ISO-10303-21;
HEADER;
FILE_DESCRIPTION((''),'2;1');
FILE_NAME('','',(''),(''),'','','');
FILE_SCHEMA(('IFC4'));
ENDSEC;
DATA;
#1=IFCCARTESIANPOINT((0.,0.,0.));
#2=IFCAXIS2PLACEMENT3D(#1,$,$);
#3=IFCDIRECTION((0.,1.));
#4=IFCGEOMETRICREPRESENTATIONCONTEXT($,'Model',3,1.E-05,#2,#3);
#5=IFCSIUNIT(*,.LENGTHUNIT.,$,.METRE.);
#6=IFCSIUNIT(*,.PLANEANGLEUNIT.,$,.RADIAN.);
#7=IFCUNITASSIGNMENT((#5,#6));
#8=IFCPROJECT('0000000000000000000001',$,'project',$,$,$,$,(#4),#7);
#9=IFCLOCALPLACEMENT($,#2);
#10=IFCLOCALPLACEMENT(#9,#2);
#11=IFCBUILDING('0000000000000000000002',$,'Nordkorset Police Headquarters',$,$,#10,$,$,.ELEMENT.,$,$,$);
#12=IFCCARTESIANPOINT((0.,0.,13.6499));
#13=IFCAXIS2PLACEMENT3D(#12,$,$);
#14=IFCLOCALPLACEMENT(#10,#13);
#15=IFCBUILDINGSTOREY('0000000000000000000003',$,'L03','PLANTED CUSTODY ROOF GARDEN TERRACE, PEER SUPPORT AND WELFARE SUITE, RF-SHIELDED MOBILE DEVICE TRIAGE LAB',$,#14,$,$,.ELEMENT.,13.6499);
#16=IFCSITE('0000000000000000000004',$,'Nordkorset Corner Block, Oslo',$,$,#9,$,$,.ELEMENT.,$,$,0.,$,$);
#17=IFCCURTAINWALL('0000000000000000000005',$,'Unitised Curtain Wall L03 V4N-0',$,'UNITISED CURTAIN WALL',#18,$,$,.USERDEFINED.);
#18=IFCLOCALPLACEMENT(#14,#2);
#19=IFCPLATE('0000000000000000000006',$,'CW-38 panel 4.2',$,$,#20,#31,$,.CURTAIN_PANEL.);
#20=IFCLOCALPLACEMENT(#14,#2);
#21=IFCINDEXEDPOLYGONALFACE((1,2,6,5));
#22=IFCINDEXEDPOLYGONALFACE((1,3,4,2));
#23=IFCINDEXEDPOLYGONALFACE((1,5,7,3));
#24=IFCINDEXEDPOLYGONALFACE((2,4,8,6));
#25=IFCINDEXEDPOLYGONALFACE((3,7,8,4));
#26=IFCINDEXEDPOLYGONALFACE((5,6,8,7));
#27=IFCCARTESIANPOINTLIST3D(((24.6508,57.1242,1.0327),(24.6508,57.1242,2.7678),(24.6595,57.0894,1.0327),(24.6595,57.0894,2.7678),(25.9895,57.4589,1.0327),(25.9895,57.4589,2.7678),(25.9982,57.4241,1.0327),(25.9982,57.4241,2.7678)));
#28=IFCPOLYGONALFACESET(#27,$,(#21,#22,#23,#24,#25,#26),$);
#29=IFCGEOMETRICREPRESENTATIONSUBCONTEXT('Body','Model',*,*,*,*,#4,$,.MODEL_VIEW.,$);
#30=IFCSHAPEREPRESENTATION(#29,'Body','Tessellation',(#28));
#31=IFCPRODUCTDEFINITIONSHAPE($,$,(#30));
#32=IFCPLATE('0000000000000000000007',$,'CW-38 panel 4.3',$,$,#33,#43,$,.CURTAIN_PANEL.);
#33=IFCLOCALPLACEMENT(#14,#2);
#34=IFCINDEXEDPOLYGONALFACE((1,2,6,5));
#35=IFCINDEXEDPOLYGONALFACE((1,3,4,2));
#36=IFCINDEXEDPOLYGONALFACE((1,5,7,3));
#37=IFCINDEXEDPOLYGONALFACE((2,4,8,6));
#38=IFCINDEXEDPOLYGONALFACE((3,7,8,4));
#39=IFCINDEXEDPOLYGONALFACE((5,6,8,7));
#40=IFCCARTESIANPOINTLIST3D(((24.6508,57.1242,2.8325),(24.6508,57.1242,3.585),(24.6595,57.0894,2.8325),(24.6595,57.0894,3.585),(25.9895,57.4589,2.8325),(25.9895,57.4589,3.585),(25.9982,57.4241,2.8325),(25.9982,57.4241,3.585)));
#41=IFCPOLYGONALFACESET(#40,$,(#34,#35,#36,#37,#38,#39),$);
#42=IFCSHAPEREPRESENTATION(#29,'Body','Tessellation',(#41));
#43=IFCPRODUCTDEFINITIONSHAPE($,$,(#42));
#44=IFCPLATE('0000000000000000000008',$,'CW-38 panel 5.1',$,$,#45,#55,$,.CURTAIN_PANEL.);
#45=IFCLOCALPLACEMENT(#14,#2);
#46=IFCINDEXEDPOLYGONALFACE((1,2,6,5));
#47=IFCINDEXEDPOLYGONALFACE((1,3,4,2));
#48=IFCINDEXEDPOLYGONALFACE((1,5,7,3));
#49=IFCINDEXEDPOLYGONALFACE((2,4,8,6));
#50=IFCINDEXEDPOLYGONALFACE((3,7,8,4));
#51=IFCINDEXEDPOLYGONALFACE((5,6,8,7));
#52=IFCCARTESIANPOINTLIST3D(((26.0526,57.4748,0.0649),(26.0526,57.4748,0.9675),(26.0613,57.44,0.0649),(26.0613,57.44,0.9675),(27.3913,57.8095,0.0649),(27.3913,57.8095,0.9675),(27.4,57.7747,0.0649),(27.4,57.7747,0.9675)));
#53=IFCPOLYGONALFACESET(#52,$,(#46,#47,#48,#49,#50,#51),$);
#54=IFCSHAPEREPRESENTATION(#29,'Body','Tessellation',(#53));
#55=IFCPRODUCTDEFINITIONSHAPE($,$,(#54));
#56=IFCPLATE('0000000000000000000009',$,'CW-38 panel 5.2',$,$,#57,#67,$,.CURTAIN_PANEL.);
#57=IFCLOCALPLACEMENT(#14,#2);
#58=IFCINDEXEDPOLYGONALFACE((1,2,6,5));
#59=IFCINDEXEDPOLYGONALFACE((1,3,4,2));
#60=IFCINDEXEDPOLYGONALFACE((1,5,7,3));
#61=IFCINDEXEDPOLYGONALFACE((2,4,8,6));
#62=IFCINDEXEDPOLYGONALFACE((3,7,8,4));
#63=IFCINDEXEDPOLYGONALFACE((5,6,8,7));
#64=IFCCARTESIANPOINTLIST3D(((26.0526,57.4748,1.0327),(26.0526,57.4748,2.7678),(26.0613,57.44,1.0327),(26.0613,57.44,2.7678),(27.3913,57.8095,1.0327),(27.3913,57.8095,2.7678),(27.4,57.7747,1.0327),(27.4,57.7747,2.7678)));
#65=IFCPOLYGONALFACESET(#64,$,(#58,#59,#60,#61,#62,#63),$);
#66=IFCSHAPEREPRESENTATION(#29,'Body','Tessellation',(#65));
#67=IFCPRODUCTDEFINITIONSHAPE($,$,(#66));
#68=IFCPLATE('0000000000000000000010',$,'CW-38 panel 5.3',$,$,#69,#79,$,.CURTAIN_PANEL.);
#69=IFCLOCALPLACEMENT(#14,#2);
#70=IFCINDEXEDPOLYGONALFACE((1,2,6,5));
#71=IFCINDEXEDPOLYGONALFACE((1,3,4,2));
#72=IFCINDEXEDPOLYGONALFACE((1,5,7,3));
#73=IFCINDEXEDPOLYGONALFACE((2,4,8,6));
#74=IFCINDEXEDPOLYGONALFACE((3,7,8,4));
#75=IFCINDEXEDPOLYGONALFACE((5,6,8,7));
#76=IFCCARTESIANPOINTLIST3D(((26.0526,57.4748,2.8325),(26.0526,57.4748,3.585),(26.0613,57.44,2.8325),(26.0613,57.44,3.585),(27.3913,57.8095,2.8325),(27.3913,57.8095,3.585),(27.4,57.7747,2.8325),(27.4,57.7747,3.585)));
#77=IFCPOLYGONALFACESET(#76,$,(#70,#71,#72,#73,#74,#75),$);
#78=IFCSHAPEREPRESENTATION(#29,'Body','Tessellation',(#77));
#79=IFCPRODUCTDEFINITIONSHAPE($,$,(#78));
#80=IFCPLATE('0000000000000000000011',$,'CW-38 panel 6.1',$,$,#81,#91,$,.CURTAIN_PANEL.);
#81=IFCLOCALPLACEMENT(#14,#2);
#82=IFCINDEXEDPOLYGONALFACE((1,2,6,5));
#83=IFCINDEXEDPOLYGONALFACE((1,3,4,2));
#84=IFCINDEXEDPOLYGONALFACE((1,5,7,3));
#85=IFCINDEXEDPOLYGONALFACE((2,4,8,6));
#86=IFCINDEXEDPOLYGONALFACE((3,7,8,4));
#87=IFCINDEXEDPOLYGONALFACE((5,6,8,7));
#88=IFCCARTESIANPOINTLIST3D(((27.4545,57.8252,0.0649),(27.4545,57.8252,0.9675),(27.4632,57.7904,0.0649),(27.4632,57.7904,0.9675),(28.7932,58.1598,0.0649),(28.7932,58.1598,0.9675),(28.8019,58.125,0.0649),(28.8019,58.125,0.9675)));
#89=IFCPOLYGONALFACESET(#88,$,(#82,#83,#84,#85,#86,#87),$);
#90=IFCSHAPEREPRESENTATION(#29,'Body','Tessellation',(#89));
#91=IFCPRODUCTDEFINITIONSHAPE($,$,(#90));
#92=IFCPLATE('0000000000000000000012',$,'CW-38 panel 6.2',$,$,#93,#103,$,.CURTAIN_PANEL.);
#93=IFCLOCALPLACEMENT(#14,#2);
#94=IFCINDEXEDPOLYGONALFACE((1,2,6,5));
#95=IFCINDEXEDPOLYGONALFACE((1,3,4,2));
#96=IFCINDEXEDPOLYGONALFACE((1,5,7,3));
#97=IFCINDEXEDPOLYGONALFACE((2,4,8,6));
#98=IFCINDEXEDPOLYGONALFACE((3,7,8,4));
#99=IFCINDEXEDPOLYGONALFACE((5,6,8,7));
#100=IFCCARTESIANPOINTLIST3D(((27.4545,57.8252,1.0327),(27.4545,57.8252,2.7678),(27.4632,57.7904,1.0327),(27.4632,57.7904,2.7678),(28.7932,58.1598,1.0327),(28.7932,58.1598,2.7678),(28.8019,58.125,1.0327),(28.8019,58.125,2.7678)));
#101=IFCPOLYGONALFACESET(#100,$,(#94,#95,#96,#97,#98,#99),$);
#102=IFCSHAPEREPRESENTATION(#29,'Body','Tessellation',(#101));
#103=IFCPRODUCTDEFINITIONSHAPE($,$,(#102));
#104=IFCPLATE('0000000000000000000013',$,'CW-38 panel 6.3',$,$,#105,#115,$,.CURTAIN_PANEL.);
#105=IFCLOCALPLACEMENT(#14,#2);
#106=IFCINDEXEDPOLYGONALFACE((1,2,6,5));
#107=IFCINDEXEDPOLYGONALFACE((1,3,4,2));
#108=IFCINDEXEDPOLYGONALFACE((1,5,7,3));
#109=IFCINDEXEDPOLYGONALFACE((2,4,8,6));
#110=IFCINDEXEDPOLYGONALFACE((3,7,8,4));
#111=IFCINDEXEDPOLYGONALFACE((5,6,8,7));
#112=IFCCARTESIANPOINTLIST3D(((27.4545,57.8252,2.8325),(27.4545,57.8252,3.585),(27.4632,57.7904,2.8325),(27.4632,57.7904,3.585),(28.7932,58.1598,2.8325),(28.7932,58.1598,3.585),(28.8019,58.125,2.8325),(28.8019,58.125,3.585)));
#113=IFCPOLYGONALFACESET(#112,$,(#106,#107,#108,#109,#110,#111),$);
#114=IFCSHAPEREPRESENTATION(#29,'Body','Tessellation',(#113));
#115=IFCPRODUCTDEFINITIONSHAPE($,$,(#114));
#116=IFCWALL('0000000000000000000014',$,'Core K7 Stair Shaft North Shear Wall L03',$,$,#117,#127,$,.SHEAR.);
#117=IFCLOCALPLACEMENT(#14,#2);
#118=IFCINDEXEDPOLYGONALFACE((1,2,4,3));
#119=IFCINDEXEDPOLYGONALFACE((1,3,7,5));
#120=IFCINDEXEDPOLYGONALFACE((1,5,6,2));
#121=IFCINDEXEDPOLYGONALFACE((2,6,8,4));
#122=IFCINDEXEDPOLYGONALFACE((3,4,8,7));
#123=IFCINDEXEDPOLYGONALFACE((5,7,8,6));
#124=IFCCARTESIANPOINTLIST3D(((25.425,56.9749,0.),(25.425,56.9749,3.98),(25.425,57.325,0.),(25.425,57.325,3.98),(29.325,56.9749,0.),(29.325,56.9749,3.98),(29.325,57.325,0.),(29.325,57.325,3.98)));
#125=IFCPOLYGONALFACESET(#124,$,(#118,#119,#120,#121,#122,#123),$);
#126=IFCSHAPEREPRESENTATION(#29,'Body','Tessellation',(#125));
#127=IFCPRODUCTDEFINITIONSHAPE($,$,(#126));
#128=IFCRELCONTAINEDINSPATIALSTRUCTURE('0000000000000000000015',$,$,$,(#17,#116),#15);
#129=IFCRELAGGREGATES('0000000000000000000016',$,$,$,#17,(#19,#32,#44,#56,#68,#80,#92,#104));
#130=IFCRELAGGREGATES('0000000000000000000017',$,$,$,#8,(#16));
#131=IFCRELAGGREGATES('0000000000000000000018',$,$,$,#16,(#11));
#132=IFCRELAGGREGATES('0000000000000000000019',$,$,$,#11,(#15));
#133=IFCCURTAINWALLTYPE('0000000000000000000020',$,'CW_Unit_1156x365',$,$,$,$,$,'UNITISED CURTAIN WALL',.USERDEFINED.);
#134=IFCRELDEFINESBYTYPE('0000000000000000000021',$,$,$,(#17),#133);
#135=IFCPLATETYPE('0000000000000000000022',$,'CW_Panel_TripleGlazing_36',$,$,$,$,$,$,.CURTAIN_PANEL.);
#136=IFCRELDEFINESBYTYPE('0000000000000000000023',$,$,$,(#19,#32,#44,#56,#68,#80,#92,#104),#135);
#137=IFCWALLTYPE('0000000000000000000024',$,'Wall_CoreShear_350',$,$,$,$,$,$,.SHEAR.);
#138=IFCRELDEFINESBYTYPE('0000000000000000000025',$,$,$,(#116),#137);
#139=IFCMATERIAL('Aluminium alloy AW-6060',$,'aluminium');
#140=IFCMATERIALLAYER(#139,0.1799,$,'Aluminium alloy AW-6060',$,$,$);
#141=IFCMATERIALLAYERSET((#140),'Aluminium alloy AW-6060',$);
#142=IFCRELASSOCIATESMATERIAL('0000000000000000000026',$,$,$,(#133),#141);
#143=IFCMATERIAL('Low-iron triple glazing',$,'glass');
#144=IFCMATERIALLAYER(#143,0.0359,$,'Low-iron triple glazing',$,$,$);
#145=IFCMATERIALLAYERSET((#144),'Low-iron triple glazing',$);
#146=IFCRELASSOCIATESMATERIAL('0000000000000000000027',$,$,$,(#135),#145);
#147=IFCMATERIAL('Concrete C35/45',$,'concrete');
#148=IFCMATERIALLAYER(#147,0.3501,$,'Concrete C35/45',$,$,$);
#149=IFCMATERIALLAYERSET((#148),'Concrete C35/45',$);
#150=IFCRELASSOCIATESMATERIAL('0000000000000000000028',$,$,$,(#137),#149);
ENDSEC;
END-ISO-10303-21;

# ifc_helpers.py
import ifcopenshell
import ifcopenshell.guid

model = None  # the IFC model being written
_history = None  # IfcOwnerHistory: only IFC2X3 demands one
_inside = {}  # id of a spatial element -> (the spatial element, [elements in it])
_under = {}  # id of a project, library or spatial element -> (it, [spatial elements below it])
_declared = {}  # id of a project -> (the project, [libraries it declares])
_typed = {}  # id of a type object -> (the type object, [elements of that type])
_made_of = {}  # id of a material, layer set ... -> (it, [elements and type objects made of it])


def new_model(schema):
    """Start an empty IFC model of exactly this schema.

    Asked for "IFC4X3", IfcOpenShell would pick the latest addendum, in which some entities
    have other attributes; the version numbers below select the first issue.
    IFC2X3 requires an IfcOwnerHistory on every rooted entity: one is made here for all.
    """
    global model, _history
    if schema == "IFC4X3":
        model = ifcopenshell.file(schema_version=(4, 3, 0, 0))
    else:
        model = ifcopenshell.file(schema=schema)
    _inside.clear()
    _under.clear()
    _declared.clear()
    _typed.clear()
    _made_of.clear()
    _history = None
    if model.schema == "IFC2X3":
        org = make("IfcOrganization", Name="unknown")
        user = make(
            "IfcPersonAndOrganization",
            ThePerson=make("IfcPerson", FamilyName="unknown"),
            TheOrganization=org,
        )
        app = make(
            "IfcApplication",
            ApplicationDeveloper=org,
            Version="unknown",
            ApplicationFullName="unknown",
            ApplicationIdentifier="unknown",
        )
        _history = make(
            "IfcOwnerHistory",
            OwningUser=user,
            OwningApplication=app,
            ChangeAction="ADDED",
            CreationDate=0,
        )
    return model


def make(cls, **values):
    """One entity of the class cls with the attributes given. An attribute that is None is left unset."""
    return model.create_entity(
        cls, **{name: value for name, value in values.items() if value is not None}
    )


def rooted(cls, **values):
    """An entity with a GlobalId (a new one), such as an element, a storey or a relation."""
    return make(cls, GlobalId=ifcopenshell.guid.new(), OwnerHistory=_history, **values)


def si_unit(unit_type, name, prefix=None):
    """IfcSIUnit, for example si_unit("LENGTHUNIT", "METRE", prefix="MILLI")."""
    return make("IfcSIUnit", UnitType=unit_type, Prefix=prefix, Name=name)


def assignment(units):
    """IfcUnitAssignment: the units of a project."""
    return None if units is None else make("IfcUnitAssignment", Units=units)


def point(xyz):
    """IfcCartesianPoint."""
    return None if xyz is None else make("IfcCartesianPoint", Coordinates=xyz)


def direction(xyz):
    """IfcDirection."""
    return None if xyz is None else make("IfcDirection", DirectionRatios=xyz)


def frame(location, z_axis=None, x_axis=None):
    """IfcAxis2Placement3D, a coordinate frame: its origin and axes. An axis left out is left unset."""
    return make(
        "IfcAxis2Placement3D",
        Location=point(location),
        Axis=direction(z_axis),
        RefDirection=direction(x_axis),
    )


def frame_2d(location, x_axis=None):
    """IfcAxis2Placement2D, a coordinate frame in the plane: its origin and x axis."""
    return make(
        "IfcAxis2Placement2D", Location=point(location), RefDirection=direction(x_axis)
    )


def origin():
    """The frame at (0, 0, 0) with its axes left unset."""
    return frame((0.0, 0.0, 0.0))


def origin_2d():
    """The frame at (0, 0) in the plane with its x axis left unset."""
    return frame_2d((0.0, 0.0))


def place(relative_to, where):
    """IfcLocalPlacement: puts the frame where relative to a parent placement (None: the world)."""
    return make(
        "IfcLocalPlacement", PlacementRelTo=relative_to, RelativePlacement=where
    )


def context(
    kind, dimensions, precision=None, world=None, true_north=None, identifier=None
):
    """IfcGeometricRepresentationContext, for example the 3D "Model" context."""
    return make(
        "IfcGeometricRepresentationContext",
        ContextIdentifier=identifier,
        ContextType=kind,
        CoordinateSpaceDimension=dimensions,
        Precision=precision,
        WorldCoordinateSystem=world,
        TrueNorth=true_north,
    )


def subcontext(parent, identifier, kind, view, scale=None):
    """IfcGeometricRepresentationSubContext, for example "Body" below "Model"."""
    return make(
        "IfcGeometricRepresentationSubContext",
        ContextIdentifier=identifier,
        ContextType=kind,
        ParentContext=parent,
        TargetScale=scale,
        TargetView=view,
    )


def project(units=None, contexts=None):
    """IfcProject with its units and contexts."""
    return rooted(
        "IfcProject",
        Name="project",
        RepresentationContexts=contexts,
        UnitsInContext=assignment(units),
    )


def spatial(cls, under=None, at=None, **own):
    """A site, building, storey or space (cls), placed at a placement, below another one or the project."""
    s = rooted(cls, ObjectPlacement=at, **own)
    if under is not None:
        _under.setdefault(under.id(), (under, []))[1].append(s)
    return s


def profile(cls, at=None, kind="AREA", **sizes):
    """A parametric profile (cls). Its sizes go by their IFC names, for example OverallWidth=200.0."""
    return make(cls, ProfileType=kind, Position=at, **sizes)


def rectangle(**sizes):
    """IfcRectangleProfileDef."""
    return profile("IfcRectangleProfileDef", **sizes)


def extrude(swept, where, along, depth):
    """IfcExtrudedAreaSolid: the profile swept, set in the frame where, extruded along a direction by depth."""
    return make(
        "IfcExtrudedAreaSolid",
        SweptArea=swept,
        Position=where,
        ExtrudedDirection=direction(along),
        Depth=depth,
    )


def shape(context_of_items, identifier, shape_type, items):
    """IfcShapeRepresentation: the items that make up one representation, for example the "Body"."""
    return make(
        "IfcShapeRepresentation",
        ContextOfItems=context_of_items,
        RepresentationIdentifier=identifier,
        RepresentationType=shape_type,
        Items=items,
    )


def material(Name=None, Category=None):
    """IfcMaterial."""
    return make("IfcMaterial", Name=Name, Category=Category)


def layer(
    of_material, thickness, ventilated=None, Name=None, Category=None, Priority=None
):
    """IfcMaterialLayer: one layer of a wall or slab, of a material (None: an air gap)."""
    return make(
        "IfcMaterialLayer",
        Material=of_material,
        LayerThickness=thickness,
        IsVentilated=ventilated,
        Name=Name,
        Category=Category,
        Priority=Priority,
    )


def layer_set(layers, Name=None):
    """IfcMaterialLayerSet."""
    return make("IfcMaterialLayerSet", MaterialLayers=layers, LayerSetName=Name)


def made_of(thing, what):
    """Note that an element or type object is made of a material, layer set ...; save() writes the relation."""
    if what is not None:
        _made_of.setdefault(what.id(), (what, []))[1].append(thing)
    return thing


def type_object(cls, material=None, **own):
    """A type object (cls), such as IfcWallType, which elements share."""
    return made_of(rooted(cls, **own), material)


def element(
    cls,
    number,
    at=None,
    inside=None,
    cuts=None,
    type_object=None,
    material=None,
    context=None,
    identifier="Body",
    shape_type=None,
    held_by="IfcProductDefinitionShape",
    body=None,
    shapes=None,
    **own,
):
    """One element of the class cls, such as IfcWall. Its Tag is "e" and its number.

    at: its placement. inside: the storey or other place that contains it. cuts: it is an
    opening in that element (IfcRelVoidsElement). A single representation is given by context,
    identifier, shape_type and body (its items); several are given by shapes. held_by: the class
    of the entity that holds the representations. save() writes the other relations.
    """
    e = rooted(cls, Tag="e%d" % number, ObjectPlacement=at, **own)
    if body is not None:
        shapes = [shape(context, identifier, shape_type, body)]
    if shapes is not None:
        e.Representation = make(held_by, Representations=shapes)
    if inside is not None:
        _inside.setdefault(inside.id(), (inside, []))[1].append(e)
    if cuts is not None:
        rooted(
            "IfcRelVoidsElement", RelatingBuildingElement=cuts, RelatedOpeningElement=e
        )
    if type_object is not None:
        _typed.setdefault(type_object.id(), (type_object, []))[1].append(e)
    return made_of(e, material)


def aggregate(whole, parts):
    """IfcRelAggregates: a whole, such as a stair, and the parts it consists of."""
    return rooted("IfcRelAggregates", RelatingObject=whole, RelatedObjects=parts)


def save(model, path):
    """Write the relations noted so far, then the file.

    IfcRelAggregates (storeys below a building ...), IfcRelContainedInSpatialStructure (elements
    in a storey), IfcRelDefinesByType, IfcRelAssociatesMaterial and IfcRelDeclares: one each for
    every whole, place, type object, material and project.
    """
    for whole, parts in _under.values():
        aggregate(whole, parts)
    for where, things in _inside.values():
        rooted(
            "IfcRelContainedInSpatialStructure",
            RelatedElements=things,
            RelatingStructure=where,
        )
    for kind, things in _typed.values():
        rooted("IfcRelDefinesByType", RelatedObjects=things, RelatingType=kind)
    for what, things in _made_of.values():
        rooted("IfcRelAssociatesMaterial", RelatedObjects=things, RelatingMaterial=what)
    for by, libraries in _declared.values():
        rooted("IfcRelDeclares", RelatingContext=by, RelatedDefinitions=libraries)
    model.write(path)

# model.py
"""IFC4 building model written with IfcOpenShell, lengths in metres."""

from ifc_helpers import new_model, si_unit, direction, frame, frame_2d, origin, origin_2d, place, context, subcontext, project, spatial, rectangle, extrude, material, layer, layer_set, type_object, element, aggregate, save


model = new_model("IFC4")

# Units and contexts
model_context = context("Model", 3, precision=1e-05, world=origin(), true_north=direction((0.0, 1.0)))
body_context = subcontext(model_context, "Body", "Model", "MODEL_VIEW")
ifc_project = project(units=[si_unit("LENGTHUNIT", "METRE"), si_unit("PLANEANGLEUNIT", "RADIAN")], contexts=[model_context])

# Site, building, storey
site_placement = place(None, origin())
site = spatial("IfcSite", under=ifc_project, at=site_placement, Name="Nordkorset Corner Block, Oslo", CompositionType="ELEMENT", RefElevation=0.0)
building_placement = place(site_placement, origin())
building = spatial("IfcBuilding", under=site, at=building_placement, Name="Nordkorset Police Headquarters", CompositionType="ELEMENT")
storey_placement = place(building_placement, frame((0.0, 0.0, 13.6499)))
storey = spatial("IfcBuildingStorey", under=building, at=storey_placement, Name="L03", Description="PLANTED CUSTODY ROOF GARDEN TERRACE, PEER SUPPORT AND WELFARE SUITE, RF-SHIELDED MOBILE DEVICE TRIAGE LAB", CompositionType="ELEMENT", Elevation=13.6499)

# Curtain wall, plates
ifc_material_1 = material(Name="Aluminium alloy AW-6060", Category="aluminium")
ifc_layer_1 = layer(ifc_material_1, 0.1799, Name="Aluminium alloy AW-6060")
ifc_layer_set_1 = layer_set([ifc_layer_1], Name="Aluminium alloy AW-6060")
curtain_wall_type = type_object("IfcCurtainWallType", Name="CW_Unit_1156x365", ElementType="UNITISED CURTAIN WALL", PredefinedType="USERDEFINED", material=ifc_layer_set_1)
curtain_wall_placement = place(storey_placement, origin())
curtain_wall = element("IfcCurtainWall", 1, at=curtain_wall_placement, inside=storey, type_object=curtain_wall_type, Name="Unitised Curtain Wall L03 V4N-0", ObjectType="UNITISED CURTAIN WALL", PredefinedType="USERDEFINED")
ifc_material_2 = material(Name="Low-iron triple glazing", Category="glass")
ifc_layer_2 = layer(ifc_material_2, 0.0359, Name="Low-iron triple glazing")
ifc_layer_set_2 = layer_set([ifc_layer_2], Name="Low-iron triple glazing")
plate_type = type_object("IfcPlateType", Name="CW_Panel_TripleGlazing_36", PredefinedType="CURTAIN_PANEL", material=ifc_layer_set_2)
plate_1_placement = place(storey_placement, frame((25.3245, 57.2742, 1.0327), z_axis=(0.0, 0.0, 1.0), x_axis=(0.970142, 0.242536, 0.0)))
plate_1 = element("IfcPlate", 2, at=plate_1_placement, type_object=plate_type, Name="CW-38 panel 4.2", PredefinedType="CURTAIN_PANEL", context=body_context, shape_type="SweptSolid", body=[
    extrude(rectangle(XDim=1.3799, YDim=0.0359, at=origin_2d()), origin(), (0.0, 0.0, 1.0), 1.7351),
])
plate_2_placement = place(storey_placement, frame((25.3245, 57.2742, 2.8325), z_axis=(0.0, 0.0, 1.0), x_axis=(0.970142, 0.242536, 0.0)))
plate_2 = element("IfcPlate", 3, at=plate_2_placement, type_object=plate_type, Name="CW-38 panel 4.3", PredefinedType="CURTAIN_PANEL", context=body_context, shape_type="SweptSolid", body=[
    extrude(rectangle(XDim=1.3799, YDim=0.0359, at=origin_2d()), origin(), (0.0, 0.0, 1.0), 0.7524),
])
plate_3_placement = place(storey_placement, frame((26.7263, 57.6248, 0.0649), z_axis=(0.0, 0.0, 1.0), x_axis=(0.970142, 0.242536, 0.0)))
plate_3 = element("IfcPlate", 4, at=plate_3_placement, type_object=plate_type, Name="CW-38 panel 5.1", PredefinedType="CURTAIN_PANEL", context=body_context, shape_type="SweptSolid", body=[
    extrude(rectangle(XDim=1.3799, YDim=0.0359, at=origin_2d()), origin(), (0.0, 0.0, 1.0), 0.9026),
])
plate_4_placement = place(storey_placement, frame((26.7263, 57.6248, 1.0327), z_axis=(0.0, 0.0, 1.0), x_axis=(0.970142, 0.242536, 0.0)))
plate_4 = element("IfcPlate", 5, at=plate_4_placement, type_object=plate_type, Name="CW-38 panel 5.2", PredefinedType="CURTAIN_PANEL", context=body_context, shape_type="SweptSolid", body=[
    extrude(rectangle(XDim=1.3799, YDim=0.0359, at=origin_2d()), origin(), (0.0, 0.0, 1.0), 1.7351),
])
plate_5_placement = place(storey_placement, frame((26.7263, 57.6248, 2.8325), z_axis=(0.0, 0.0, 1.0), x_axis=(0.970142, 0.242536, 0.0)))
plate_5 = element("IfcPlate", 6, at=plate_5_placement, type_object=plate_type, Name="CW-38 panel 5.3", PredefinedType="CURTAIN_PANEL", context=body_context, shape_type="SweptSolid", body=[
    extrude(rectangle(XDim=1.3799, YDim=0.0359, at=origin_2d()), origin(), (0.0, 0.0, 1.0), 0.7524),
])
plate_6_placement = place(storey_placement, frame((28.1282, 57.9751, 0.0649), z_axis=(0.0, 0.0, 1.0), x_axis=(0.970142, 0.242536, 0.0)))
plate_6 = element("IfcPlate", 7, at=plate_6_placement, type_object=plate_type, Name="CW-38 panel 6.1", PredefinedType="CURTAIN_PANEL", context=body_context, shape_type="SweptSolid", body=[
    extrude(rectangle(XDim=1.3799, YDim=0.0359, at=origin_2d()), origin(), (0.0, 0.0, 1.0), 0.9026),
])
plate_7_placement = place(storey_placement, frame((28.1282, 57.9751, 1.0327), z_axis=(0.0, 0.0, 1.0), x_axis=(0.970142, 0.242536, 0.0)))
plate_7 = element("IfcPlate", 8, at=plate_7_placement, type_object=plate_type, Name="CW-38 panel 6.2", PredefinedType="CURTAIN_PANEL", context=body_context, shape_type="SweptSolid", body=[
    extrude(rectangle(XDim=1.3799, YDim=0.0359, at=origin_2d()), origin(), (0.0, 0.0, 1.0), 1.7351),
])
plate_8_placement = place(storey_placement, frame((28.1282, 57.9751, 2.8325), z_axis=(0.0, 0.0, 1.0), x_axis=(0.970142, 0.242536, 0.0)))
plate_8 = element("IfcPlate", 9, at=plate_8_placement, type_object=plate_type, Name="CW-38 panel 6.3", PredefinedType="CURTAIN_PANEL", context=body_context, shape_type="SweptSolid", body=[
    extrude(rectangle(XDim=1.3799, YDim=0.0359, at=origin_2d()), origin(), (0.0, 0.0, 1.0), 0.7524),
])
aggregate(curtain_wall, [plate_1, plate_2, plate_3, plate_4, plate_5, plate_6, plate_7, plate_8])

# Wall
ifc_material_3 = material(Name="Concrete C35/45", Category="concrete")
ifc_layer_3 = layer(ifc_material_3, 0.3501, Name="Concrete C35/45")
ifc_layer_set_3 = layer_set([ifc_layer_3], Name="Concrete C35/45")
wall_type = type_object("IfcWallType", Name="Wall_CoreShear_350", PredefinedType="SHEAR", material=ifc_layer_set_3)
wall_placement = place(storey_placement, frame((25.425, 57.1499, 0.0), z_axis=(0.0, 0.0, 1.0), x_axis=(1.0, 0.0, 0.0)))
element("IfcWall", 10, at=wall_placement, inside=storey, type_object=wall_type, Name="Core K7 Stair Shaft North Shear Wall L03", PredefinedType="SHEAR", context=body_context, shape_type="SweptSolid", body=[
    extrude(rectangle(XDim=3.8999, YDim=0.3501, at=frame_2d((1.95, 0.0))), origin(), (0.0, 0.0, 1.0), 3.98),
])

save(model, "model.ifc")
